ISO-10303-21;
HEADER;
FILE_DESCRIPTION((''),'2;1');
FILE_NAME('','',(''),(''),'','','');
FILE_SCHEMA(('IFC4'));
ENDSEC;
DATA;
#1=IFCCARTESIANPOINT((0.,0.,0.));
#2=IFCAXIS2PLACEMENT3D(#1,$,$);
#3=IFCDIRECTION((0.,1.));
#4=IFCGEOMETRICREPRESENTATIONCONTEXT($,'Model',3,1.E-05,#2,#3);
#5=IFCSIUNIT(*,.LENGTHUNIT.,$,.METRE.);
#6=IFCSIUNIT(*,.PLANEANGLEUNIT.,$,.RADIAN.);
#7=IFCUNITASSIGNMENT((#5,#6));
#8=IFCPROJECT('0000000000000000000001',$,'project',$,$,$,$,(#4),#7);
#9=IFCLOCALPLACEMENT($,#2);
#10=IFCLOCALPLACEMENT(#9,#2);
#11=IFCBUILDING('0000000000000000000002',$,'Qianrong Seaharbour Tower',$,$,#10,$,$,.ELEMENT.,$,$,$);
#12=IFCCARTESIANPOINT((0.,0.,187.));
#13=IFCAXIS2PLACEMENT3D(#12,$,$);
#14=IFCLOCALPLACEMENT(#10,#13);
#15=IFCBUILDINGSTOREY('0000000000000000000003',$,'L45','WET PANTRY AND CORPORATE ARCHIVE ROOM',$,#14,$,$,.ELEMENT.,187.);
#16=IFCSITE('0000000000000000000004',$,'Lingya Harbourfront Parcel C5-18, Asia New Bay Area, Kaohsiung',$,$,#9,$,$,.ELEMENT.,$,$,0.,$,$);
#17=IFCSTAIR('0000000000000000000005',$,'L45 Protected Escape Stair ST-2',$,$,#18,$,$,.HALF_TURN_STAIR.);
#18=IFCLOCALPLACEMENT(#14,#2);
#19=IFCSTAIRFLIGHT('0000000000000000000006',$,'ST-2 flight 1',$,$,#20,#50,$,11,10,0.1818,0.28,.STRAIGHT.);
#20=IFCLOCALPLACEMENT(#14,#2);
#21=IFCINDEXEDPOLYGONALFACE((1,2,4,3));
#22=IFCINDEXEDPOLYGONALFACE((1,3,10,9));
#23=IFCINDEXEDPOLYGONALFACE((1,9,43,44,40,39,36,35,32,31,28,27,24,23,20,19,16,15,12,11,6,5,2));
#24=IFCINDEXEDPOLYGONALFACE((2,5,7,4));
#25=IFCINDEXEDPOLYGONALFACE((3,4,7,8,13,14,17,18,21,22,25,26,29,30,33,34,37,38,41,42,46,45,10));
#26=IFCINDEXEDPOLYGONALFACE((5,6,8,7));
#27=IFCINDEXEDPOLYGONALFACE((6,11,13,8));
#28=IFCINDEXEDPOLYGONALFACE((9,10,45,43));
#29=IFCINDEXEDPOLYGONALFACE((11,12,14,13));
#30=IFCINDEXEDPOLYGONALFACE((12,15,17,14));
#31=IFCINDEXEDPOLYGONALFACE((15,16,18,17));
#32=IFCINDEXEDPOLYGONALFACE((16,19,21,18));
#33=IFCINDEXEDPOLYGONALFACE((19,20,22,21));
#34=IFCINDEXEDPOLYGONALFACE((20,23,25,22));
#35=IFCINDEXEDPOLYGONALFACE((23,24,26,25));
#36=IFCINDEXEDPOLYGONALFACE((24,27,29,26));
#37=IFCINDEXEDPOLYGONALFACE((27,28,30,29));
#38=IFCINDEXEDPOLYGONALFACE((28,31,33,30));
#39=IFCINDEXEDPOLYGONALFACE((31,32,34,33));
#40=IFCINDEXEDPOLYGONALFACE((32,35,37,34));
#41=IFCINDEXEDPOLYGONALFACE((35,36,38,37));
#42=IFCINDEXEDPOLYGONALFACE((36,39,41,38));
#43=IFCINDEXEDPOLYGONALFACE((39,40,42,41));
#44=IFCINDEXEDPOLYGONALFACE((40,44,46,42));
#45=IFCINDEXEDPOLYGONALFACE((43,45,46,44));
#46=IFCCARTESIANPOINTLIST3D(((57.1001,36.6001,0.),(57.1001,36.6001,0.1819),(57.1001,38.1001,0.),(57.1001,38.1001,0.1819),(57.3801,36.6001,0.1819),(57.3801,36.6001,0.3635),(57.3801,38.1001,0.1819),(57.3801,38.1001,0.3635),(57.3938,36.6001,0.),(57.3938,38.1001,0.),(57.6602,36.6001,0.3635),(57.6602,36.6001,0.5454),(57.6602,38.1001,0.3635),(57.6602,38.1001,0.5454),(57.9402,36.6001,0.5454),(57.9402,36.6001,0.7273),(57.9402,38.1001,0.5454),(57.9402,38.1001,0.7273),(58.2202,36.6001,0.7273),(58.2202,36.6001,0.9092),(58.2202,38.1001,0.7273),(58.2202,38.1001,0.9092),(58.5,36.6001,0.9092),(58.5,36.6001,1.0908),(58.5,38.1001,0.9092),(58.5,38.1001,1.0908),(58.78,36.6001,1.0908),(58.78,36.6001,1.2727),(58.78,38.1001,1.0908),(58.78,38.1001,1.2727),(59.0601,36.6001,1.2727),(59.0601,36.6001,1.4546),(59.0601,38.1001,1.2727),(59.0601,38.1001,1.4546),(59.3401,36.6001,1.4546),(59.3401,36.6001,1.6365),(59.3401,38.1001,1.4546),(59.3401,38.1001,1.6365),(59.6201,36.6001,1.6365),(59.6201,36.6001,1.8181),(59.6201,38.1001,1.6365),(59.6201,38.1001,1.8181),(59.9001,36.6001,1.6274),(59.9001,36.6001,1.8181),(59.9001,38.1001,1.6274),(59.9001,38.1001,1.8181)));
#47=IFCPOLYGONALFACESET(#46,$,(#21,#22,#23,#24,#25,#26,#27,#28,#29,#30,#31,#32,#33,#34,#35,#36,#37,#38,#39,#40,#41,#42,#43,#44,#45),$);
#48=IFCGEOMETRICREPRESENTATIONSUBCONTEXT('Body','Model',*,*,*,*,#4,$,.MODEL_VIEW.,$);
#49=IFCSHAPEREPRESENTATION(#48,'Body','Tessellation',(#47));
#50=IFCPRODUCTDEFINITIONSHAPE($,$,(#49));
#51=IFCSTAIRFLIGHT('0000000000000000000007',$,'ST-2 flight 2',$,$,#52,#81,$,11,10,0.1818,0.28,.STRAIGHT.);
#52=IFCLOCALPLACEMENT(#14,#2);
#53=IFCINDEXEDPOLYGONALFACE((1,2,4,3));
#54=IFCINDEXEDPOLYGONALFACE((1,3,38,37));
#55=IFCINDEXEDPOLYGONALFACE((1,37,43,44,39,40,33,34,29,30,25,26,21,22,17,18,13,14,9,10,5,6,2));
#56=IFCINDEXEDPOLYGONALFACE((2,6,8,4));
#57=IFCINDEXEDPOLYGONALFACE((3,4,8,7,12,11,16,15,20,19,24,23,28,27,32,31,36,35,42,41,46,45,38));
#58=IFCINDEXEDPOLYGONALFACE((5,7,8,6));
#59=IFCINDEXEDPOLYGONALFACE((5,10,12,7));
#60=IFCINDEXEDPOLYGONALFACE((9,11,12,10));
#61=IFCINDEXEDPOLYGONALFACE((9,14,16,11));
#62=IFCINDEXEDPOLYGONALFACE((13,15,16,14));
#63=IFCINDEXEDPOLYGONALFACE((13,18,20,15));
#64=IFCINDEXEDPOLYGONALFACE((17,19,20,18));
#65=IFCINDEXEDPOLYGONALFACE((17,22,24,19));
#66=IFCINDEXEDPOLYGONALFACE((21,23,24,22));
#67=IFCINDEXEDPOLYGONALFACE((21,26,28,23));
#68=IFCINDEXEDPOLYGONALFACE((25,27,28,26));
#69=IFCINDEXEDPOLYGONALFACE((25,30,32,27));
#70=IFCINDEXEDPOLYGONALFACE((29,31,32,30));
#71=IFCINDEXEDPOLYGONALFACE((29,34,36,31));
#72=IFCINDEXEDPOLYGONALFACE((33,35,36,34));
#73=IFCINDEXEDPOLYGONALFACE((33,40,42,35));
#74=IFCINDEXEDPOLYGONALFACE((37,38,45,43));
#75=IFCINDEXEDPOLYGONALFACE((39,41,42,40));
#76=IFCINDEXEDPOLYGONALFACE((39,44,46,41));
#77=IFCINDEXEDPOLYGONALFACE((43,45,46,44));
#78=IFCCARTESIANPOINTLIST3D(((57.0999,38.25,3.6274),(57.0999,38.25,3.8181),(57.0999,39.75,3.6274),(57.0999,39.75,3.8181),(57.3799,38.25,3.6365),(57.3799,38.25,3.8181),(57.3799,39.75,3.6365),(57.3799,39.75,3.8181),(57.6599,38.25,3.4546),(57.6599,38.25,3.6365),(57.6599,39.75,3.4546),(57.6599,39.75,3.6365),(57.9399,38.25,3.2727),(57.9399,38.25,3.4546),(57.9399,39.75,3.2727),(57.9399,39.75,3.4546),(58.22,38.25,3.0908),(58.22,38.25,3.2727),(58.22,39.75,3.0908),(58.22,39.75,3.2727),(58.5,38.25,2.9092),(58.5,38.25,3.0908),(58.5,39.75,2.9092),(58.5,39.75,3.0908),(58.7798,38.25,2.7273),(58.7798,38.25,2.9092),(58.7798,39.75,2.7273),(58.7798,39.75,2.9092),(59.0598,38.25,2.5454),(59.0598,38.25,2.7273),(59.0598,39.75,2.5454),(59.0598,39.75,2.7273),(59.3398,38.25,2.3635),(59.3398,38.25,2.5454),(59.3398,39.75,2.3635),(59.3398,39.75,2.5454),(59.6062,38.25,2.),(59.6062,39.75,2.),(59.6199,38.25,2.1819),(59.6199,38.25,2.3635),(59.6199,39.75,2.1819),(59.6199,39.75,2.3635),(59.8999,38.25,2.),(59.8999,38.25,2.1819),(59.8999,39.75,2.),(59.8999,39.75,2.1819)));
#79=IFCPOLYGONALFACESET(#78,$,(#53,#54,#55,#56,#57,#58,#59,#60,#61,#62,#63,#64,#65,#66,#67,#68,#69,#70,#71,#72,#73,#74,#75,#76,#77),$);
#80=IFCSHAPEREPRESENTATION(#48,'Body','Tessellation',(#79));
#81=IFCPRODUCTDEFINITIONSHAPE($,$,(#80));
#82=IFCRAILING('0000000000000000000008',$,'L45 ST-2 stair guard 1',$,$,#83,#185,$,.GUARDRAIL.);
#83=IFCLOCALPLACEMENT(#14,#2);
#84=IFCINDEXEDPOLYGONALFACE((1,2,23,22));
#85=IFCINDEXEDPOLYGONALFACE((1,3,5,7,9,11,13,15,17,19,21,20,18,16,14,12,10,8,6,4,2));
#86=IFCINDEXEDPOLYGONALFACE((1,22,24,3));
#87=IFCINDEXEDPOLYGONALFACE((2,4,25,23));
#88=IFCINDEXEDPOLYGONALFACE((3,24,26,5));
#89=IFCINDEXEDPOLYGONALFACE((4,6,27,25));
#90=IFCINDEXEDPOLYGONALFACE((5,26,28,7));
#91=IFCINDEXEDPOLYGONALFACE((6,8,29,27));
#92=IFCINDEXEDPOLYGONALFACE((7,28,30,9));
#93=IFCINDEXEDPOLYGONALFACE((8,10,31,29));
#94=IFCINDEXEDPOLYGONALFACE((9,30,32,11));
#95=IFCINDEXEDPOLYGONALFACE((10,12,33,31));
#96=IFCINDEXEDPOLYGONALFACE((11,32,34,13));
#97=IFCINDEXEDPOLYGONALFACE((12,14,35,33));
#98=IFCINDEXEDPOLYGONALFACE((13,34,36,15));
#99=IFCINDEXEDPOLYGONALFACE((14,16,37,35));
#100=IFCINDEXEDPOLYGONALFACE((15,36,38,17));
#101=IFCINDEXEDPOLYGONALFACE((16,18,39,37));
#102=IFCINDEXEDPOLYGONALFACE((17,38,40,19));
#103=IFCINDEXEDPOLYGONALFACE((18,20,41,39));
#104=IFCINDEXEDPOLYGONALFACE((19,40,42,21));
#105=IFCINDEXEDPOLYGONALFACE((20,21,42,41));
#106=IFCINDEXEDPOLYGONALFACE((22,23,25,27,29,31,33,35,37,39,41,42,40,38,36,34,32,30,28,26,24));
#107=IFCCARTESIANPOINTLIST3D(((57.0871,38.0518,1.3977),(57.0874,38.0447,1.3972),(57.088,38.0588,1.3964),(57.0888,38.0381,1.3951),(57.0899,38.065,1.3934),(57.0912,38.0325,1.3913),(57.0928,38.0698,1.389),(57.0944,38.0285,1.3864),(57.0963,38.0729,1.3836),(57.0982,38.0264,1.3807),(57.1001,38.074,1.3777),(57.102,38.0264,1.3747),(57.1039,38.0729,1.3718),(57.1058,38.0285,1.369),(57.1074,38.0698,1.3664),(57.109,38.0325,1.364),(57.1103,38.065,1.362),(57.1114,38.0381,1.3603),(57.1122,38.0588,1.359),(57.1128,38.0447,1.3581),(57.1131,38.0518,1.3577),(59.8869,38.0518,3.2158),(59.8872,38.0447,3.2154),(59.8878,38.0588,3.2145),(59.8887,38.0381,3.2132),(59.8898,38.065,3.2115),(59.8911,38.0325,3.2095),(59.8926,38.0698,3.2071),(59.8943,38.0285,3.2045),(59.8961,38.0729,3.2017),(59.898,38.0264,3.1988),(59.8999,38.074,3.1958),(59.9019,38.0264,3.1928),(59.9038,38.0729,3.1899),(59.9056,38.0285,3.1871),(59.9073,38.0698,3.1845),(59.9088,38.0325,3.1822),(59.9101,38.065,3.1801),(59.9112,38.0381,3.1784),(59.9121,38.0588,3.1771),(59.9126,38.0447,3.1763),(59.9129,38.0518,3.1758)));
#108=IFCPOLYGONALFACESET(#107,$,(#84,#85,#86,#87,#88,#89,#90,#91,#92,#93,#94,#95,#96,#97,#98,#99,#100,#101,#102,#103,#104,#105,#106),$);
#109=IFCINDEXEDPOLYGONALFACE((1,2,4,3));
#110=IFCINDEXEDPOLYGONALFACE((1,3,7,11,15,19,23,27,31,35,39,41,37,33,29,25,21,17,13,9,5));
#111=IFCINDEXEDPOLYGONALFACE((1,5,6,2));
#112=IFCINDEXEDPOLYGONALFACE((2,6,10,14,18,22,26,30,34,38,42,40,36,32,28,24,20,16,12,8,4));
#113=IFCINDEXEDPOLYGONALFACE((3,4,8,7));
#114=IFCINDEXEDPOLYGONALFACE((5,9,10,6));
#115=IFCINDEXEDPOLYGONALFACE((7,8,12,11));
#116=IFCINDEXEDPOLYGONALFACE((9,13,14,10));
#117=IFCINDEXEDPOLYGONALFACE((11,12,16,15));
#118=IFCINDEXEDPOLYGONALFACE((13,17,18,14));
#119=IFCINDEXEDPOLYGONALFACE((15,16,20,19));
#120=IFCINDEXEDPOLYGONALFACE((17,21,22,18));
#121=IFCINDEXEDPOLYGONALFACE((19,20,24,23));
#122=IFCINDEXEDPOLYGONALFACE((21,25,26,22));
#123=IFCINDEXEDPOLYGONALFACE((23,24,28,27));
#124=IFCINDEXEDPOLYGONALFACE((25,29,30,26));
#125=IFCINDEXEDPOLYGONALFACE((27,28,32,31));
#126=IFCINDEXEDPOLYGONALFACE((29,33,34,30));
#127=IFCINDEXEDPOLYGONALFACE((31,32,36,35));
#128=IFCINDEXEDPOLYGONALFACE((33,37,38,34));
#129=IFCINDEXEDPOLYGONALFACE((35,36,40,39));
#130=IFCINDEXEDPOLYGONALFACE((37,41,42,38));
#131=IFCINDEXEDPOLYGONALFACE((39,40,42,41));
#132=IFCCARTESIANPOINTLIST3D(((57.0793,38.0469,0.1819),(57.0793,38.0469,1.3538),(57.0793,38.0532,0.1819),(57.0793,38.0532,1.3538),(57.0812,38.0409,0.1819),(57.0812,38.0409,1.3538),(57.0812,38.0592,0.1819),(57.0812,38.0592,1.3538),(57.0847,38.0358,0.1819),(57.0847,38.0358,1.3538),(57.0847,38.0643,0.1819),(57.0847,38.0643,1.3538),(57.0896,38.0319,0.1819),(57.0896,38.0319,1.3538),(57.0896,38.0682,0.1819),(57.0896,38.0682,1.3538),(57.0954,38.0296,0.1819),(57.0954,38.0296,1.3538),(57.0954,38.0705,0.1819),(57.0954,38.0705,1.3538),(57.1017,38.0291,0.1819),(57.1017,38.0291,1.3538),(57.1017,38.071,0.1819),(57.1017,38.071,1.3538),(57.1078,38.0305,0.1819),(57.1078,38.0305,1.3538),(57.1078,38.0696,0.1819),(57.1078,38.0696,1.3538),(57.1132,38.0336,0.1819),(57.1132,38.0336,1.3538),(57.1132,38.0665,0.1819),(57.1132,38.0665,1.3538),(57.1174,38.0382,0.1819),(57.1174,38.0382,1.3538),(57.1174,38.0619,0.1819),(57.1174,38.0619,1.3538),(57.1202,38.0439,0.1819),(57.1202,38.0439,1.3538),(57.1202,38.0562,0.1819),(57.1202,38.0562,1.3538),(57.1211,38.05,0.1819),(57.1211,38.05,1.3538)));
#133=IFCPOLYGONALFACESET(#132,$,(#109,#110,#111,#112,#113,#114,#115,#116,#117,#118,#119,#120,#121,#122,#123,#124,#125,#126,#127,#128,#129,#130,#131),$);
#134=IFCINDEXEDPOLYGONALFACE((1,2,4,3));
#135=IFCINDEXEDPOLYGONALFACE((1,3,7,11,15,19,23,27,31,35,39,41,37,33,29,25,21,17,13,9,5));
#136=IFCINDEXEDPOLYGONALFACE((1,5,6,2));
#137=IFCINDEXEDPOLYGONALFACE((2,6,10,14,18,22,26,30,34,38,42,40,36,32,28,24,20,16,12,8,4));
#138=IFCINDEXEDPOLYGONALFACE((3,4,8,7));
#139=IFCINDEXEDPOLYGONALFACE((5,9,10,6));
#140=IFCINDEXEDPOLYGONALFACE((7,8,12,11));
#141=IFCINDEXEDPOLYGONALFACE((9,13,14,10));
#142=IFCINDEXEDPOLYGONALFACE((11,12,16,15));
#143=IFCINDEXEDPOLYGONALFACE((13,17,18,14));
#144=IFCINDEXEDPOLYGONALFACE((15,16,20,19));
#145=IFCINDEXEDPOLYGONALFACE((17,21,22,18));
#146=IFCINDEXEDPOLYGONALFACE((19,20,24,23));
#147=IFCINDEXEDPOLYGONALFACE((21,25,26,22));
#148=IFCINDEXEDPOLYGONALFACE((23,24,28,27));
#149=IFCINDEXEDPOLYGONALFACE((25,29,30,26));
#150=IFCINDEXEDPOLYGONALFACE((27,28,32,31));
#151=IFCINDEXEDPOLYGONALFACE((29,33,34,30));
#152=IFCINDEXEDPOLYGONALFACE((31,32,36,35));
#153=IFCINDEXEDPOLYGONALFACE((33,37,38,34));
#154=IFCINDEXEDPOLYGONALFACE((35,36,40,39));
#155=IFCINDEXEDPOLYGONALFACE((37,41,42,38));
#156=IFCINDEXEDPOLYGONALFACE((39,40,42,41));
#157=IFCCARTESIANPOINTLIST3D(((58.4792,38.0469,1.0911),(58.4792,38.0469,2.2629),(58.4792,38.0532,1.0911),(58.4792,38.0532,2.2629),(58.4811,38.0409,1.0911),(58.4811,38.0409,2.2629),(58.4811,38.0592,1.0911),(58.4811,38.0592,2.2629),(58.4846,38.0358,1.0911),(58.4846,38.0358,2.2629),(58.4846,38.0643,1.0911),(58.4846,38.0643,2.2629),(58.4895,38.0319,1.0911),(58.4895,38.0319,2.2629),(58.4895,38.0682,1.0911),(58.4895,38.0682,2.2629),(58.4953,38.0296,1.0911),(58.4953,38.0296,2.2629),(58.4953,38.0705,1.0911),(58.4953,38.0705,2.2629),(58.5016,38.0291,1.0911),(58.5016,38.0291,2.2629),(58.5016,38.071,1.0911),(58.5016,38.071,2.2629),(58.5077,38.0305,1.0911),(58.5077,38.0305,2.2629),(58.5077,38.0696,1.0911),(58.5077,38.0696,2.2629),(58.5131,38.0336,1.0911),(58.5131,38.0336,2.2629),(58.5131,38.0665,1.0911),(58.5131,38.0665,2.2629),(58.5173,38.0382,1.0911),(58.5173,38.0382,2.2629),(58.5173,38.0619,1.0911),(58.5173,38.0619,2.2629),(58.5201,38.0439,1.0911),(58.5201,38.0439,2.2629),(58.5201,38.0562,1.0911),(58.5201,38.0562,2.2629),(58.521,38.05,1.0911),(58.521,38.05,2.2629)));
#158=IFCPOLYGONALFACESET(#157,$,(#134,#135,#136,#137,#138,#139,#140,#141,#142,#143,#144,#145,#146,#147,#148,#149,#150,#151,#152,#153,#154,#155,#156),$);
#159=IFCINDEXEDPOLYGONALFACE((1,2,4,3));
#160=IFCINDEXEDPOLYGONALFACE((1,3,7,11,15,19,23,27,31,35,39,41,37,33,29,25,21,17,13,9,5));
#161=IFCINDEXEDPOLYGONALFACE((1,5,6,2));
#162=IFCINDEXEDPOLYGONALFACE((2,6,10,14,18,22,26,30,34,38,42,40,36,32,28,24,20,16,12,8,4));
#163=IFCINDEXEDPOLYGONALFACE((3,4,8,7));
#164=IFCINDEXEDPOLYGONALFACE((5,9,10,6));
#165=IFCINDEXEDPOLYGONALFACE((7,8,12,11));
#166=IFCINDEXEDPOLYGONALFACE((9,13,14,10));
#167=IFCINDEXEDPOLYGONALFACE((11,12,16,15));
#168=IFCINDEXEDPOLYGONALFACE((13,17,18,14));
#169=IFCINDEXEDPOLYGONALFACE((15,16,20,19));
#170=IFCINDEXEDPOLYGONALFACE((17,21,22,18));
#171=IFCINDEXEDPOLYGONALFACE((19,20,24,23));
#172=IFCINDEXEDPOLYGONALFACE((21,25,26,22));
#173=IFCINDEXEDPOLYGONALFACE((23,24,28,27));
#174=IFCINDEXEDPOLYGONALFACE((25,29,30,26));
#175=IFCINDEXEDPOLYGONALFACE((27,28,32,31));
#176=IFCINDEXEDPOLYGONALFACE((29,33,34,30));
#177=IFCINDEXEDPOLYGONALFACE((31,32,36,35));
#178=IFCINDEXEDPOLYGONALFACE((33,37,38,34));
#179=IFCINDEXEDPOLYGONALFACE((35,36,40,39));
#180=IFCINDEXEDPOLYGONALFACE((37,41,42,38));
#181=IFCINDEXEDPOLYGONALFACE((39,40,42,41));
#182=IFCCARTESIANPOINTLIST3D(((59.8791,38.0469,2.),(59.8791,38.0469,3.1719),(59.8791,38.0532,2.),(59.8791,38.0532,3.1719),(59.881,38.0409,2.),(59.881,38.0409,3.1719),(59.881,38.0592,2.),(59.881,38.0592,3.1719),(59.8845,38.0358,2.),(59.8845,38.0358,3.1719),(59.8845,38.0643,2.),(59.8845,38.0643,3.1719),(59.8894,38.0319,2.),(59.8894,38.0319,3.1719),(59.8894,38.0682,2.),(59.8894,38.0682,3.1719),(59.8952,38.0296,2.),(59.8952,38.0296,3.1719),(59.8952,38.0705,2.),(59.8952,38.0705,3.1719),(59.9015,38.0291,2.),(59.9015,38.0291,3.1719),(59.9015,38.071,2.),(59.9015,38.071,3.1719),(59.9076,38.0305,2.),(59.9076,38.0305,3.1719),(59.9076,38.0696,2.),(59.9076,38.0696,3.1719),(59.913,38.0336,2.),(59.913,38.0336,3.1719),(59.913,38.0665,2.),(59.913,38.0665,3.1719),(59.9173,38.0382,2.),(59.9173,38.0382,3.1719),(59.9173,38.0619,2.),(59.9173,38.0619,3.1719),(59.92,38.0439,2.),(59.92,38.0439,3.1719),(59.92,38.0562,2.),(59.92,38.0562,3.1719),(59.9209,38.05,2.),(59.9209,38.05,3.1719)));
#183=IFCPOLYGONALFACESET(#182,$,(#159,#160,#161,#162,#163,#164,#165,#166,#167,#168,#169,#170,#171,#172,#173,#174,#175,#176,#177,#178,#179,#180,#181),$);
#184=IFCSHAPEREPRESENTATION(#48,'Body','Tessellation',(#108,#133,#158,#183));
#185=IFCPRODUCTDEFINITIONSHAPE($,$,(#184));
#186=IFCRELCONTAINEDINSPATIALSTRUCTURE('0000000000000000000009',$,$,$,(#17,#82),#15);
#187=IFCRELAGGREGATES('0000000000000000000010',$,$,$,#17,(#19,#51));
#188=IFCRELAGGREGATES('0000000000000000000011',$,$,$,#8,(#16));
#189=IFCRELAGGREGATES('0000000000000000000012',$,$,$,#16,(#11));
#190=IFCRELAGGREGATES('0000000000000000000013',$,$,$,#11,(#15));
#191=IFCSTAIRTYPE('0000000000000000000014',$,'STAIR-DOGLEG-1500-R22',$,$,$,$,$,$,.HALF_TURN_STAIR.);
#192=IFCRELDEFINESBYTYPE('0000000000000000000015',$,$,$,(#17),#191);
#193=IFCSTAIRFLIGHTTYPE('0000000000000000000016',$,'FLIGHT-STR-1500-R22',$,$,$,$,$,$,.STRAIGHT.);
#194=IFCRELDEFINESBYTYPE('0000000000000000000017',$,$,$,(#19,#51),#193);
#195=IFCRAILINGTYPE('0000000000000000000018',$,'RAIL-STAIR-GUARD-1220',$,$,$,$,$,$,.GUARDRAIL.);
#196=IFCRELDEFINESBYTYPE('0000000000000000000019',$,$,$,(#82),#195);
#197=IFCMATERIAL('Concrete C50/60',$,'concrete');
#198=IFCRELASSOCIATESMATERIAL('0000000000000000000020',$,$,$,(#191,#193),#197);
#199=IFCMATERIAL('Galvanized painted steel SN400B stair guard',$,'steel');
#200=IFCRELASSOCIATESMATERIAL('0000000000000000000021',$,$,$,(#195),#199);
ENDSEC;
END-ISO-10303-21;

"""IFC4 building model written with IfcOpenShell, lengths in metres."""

from ifc_helpers import new_model, si_unit, direction, frame, origin, origin_2d, place, context, subcontext, project, spatial, polyline, circle, outline, extrude, material, type_object, element, aggregate, save


model = new_model("IFC4")

# Units and contexts
model_context = context("Model", 3, precision=1e-05, world=origin(), true_north=direction((0.0, 1.0)))
body_context = subcontext(model_context, "Body", "Model", "MODEL_VIEW")
ifc_project = project(units=[si_unit("LENGTHUNIT", "METRE"), si_unit("PLANEANGLEUNIT", "RADIAN")], contexts=[model_context])

# Site, building, storey
site_placement = place(None, origin())
site = spatial("IfcSite", under=ifc_project, at=site_placement, Name="Lingya Harbourfront Parcel C5-18, Asia New Bay Area, Kaohsiung", CompositionType="ELEMENT", RefElevation=0.0)
building_placement = place(site_placement, origin())
building = spatial("IfcBuilding", under=site, at=building_placement, Name="Qianrong Seaharbour Tower", CompositionType="ELEMENT")
storey_placement = place(building_placement, frame((0.0, 0.0, 187.0)))
storey = spatial("IfcBuildingStorey", under=building, at=storey_placement, Name="L45", Description="WET PANTRY AND CORPORATE ARCHIVE ROOM", CompositionType="ELEMENT", Elevation=187.0)

# Shared definitions
ifc_material_1 = material(Name="Concrete C50/60", Category="concrete")

# Stair, stair flights
stair_type = type_object("IfcStairType", Name="STAIR-DOGLEG-1500-R22", PredefinedType="HALF_TURN_STAIR", material=ifc_material_1)
stair_placement = place(storey_placement, origin())
stair = element("IfcStair", 1, at=stair_placement, inside=storey, type_object=stair_type, Name="L45 Protected Escape Stair ST-2", PredefinedType="HALF_TURN_STAIR")
stair_flight_type = type_object("IfcStairFlightType", Name="FLIGHT-STR-1500-R22", PredefinedType="STRAIGHT", material=ifc_material_1)
stair_flight_1_placement = place(storey_placement, frame((57.1001, 37.3501, 0.0), z_axis=(0.0, 0.0, 1.0), x_axis=(1.0, 0.0, 0.0)))
stair_flight_1 = element("IfcStairFlight", 2, at=stair_flight_1_placement, type_object=stair_flight_type, Name="ST-2 flight 1", NumberOfRisers=11, NumberOfTreads=10, PredefinedType="STRAIGHT", RiserHeight=0.1818, TreadLength=0.28, context=body_context, shape_type="SweptSolid", body=[
    extrude(outline(polyline([(0.0, 0.0), (0.0, 0.1819), (0.28, 0.1819), (0.28, 0.3635), (0.5601, 0.3635), (0.5601, 0.5454), (0.8401, 0.5454), (0.8401, 0.7273), (1.1201, 0.7273), (1.1201, 0.9092), (1.3999, 0.9092), (1.3999, 1.0908), (1.6799, 1.0908), (1.6799, 1.2727), (1.96, 1.2727), (1.96, 1.4546), (2.24, 1.4546), (2.24, 1.6365), (2.52, 1.6365), (2.52, 1.8181), (2.8, 1.8181), (2.8, 2.0), (2.8, 1.6274), (0.2937, 0.0), (0.0, 0.0)])), frame((0.0, 0.75, 0.0), z_axis=(0.0, -1.0, 0.0), x_axis=(1.0, 0.0, 0.0)), (0.0, 0.0, 1.0), 1.5),
])
stair_flight_2_placement = place(storey_placement, frame((59.8999, 39.0, 2.0), z_axis=(0.0, 0.0, 1.0), x_axis=(-1.0, 0.0, 0.0)))
stair_flight_2 = element("IfcStairFlight", 3, at=stair_flight_2_placement, type_object=stair_flight_type, Name="ST-2 flight 2", NumberOfRisers=11, NumberOfTreads=10, PredefinedType="STRAIGHT", RiserHeight=0.1818, TreadLength=0.28, context=body_context, shape_type="SweptSolid", body=[
    extrude(outline(polyline([(0.0, 0.0), (0.0, 0.1819), (0.28, 0.1819), (0.28, 0.3635), (0.5601, 0.3635), (0.5601, 0.5454), (0.8401, 0.5454), (0.8401, 0.7273), (1.1201, 0.7273), (1.1201, 0.9092), (1.3999, 0.9092), (1.3999, 1.0908), (1.6799, 1.0908), (1.6799, 1.2727), (1.96, 1.2727), (1.96, 1.4546), (2.24, 1.4546), (2.24, 1.6365), (2.52, 1.6365), (2.52, 1.8181), (2.8, 1.8181), (2.8, 2.0), (2.8, 1.6274), (0.2937, 0.0), (0.0, 0.0)])), frame((0.0, 0.75, 0.0), z_axis=(0.0, -1.0, 0.0), x_axis=(1.0, 0.0, 0.0)), (0.0, 0.0, 1.0), 1.5),
])
aggregate(stair, [stair_flight_1, stair_flight_2])

# Railing
ifc_material_2 = material(Name="Galvanized painted steel SN400B stair guard", Category="steel")
railing_type_1 = type_object("IfcRailingType", Name="RAIL-STAIR-GUARD-1220", PredefinedType="GUARDRAIL", material=ifc_material_2)
railing_1_placement = place(storey_placement, frame((57.1001, 38.05, 0.1819)))
element("IfcRailing", 4, at=railing_1_placement, inside=storey, type_object=railing_type_1, Name="L45 ST-2 stair guard 1", PredefinedType="GUARDRAIL", context=body_context, shape_type="SweptSolid", body=[
    extrude(circle(Radius=0.0239, at=origin_2d()), frame((0.0, 0.0, 1.1958), z_axis=(0.838684, 0.0, 0.544618), x_axis=(0.0, 1.0, 0.0)), (0.0, 0.0, 1.0), 3.3384),
    extrude(circle(Radius=0.021, at=origin_2d()), origin(), (0.0, 0.0, 1.0), 1.1719),
    extrude(circle(Radius=0.021, at=origin_2d()), frame((1.3999, 0.0, 0.9092)), (0.0, 0.0, 1.0), 1.1719),
    extrude(circle(Radius=0.021, at=origin_2d()), frame((2.7998, 0.0, 1.8181)), (0.0, 0.0, 1.0), 1.1719),
])

save(model, "model.ifc")
